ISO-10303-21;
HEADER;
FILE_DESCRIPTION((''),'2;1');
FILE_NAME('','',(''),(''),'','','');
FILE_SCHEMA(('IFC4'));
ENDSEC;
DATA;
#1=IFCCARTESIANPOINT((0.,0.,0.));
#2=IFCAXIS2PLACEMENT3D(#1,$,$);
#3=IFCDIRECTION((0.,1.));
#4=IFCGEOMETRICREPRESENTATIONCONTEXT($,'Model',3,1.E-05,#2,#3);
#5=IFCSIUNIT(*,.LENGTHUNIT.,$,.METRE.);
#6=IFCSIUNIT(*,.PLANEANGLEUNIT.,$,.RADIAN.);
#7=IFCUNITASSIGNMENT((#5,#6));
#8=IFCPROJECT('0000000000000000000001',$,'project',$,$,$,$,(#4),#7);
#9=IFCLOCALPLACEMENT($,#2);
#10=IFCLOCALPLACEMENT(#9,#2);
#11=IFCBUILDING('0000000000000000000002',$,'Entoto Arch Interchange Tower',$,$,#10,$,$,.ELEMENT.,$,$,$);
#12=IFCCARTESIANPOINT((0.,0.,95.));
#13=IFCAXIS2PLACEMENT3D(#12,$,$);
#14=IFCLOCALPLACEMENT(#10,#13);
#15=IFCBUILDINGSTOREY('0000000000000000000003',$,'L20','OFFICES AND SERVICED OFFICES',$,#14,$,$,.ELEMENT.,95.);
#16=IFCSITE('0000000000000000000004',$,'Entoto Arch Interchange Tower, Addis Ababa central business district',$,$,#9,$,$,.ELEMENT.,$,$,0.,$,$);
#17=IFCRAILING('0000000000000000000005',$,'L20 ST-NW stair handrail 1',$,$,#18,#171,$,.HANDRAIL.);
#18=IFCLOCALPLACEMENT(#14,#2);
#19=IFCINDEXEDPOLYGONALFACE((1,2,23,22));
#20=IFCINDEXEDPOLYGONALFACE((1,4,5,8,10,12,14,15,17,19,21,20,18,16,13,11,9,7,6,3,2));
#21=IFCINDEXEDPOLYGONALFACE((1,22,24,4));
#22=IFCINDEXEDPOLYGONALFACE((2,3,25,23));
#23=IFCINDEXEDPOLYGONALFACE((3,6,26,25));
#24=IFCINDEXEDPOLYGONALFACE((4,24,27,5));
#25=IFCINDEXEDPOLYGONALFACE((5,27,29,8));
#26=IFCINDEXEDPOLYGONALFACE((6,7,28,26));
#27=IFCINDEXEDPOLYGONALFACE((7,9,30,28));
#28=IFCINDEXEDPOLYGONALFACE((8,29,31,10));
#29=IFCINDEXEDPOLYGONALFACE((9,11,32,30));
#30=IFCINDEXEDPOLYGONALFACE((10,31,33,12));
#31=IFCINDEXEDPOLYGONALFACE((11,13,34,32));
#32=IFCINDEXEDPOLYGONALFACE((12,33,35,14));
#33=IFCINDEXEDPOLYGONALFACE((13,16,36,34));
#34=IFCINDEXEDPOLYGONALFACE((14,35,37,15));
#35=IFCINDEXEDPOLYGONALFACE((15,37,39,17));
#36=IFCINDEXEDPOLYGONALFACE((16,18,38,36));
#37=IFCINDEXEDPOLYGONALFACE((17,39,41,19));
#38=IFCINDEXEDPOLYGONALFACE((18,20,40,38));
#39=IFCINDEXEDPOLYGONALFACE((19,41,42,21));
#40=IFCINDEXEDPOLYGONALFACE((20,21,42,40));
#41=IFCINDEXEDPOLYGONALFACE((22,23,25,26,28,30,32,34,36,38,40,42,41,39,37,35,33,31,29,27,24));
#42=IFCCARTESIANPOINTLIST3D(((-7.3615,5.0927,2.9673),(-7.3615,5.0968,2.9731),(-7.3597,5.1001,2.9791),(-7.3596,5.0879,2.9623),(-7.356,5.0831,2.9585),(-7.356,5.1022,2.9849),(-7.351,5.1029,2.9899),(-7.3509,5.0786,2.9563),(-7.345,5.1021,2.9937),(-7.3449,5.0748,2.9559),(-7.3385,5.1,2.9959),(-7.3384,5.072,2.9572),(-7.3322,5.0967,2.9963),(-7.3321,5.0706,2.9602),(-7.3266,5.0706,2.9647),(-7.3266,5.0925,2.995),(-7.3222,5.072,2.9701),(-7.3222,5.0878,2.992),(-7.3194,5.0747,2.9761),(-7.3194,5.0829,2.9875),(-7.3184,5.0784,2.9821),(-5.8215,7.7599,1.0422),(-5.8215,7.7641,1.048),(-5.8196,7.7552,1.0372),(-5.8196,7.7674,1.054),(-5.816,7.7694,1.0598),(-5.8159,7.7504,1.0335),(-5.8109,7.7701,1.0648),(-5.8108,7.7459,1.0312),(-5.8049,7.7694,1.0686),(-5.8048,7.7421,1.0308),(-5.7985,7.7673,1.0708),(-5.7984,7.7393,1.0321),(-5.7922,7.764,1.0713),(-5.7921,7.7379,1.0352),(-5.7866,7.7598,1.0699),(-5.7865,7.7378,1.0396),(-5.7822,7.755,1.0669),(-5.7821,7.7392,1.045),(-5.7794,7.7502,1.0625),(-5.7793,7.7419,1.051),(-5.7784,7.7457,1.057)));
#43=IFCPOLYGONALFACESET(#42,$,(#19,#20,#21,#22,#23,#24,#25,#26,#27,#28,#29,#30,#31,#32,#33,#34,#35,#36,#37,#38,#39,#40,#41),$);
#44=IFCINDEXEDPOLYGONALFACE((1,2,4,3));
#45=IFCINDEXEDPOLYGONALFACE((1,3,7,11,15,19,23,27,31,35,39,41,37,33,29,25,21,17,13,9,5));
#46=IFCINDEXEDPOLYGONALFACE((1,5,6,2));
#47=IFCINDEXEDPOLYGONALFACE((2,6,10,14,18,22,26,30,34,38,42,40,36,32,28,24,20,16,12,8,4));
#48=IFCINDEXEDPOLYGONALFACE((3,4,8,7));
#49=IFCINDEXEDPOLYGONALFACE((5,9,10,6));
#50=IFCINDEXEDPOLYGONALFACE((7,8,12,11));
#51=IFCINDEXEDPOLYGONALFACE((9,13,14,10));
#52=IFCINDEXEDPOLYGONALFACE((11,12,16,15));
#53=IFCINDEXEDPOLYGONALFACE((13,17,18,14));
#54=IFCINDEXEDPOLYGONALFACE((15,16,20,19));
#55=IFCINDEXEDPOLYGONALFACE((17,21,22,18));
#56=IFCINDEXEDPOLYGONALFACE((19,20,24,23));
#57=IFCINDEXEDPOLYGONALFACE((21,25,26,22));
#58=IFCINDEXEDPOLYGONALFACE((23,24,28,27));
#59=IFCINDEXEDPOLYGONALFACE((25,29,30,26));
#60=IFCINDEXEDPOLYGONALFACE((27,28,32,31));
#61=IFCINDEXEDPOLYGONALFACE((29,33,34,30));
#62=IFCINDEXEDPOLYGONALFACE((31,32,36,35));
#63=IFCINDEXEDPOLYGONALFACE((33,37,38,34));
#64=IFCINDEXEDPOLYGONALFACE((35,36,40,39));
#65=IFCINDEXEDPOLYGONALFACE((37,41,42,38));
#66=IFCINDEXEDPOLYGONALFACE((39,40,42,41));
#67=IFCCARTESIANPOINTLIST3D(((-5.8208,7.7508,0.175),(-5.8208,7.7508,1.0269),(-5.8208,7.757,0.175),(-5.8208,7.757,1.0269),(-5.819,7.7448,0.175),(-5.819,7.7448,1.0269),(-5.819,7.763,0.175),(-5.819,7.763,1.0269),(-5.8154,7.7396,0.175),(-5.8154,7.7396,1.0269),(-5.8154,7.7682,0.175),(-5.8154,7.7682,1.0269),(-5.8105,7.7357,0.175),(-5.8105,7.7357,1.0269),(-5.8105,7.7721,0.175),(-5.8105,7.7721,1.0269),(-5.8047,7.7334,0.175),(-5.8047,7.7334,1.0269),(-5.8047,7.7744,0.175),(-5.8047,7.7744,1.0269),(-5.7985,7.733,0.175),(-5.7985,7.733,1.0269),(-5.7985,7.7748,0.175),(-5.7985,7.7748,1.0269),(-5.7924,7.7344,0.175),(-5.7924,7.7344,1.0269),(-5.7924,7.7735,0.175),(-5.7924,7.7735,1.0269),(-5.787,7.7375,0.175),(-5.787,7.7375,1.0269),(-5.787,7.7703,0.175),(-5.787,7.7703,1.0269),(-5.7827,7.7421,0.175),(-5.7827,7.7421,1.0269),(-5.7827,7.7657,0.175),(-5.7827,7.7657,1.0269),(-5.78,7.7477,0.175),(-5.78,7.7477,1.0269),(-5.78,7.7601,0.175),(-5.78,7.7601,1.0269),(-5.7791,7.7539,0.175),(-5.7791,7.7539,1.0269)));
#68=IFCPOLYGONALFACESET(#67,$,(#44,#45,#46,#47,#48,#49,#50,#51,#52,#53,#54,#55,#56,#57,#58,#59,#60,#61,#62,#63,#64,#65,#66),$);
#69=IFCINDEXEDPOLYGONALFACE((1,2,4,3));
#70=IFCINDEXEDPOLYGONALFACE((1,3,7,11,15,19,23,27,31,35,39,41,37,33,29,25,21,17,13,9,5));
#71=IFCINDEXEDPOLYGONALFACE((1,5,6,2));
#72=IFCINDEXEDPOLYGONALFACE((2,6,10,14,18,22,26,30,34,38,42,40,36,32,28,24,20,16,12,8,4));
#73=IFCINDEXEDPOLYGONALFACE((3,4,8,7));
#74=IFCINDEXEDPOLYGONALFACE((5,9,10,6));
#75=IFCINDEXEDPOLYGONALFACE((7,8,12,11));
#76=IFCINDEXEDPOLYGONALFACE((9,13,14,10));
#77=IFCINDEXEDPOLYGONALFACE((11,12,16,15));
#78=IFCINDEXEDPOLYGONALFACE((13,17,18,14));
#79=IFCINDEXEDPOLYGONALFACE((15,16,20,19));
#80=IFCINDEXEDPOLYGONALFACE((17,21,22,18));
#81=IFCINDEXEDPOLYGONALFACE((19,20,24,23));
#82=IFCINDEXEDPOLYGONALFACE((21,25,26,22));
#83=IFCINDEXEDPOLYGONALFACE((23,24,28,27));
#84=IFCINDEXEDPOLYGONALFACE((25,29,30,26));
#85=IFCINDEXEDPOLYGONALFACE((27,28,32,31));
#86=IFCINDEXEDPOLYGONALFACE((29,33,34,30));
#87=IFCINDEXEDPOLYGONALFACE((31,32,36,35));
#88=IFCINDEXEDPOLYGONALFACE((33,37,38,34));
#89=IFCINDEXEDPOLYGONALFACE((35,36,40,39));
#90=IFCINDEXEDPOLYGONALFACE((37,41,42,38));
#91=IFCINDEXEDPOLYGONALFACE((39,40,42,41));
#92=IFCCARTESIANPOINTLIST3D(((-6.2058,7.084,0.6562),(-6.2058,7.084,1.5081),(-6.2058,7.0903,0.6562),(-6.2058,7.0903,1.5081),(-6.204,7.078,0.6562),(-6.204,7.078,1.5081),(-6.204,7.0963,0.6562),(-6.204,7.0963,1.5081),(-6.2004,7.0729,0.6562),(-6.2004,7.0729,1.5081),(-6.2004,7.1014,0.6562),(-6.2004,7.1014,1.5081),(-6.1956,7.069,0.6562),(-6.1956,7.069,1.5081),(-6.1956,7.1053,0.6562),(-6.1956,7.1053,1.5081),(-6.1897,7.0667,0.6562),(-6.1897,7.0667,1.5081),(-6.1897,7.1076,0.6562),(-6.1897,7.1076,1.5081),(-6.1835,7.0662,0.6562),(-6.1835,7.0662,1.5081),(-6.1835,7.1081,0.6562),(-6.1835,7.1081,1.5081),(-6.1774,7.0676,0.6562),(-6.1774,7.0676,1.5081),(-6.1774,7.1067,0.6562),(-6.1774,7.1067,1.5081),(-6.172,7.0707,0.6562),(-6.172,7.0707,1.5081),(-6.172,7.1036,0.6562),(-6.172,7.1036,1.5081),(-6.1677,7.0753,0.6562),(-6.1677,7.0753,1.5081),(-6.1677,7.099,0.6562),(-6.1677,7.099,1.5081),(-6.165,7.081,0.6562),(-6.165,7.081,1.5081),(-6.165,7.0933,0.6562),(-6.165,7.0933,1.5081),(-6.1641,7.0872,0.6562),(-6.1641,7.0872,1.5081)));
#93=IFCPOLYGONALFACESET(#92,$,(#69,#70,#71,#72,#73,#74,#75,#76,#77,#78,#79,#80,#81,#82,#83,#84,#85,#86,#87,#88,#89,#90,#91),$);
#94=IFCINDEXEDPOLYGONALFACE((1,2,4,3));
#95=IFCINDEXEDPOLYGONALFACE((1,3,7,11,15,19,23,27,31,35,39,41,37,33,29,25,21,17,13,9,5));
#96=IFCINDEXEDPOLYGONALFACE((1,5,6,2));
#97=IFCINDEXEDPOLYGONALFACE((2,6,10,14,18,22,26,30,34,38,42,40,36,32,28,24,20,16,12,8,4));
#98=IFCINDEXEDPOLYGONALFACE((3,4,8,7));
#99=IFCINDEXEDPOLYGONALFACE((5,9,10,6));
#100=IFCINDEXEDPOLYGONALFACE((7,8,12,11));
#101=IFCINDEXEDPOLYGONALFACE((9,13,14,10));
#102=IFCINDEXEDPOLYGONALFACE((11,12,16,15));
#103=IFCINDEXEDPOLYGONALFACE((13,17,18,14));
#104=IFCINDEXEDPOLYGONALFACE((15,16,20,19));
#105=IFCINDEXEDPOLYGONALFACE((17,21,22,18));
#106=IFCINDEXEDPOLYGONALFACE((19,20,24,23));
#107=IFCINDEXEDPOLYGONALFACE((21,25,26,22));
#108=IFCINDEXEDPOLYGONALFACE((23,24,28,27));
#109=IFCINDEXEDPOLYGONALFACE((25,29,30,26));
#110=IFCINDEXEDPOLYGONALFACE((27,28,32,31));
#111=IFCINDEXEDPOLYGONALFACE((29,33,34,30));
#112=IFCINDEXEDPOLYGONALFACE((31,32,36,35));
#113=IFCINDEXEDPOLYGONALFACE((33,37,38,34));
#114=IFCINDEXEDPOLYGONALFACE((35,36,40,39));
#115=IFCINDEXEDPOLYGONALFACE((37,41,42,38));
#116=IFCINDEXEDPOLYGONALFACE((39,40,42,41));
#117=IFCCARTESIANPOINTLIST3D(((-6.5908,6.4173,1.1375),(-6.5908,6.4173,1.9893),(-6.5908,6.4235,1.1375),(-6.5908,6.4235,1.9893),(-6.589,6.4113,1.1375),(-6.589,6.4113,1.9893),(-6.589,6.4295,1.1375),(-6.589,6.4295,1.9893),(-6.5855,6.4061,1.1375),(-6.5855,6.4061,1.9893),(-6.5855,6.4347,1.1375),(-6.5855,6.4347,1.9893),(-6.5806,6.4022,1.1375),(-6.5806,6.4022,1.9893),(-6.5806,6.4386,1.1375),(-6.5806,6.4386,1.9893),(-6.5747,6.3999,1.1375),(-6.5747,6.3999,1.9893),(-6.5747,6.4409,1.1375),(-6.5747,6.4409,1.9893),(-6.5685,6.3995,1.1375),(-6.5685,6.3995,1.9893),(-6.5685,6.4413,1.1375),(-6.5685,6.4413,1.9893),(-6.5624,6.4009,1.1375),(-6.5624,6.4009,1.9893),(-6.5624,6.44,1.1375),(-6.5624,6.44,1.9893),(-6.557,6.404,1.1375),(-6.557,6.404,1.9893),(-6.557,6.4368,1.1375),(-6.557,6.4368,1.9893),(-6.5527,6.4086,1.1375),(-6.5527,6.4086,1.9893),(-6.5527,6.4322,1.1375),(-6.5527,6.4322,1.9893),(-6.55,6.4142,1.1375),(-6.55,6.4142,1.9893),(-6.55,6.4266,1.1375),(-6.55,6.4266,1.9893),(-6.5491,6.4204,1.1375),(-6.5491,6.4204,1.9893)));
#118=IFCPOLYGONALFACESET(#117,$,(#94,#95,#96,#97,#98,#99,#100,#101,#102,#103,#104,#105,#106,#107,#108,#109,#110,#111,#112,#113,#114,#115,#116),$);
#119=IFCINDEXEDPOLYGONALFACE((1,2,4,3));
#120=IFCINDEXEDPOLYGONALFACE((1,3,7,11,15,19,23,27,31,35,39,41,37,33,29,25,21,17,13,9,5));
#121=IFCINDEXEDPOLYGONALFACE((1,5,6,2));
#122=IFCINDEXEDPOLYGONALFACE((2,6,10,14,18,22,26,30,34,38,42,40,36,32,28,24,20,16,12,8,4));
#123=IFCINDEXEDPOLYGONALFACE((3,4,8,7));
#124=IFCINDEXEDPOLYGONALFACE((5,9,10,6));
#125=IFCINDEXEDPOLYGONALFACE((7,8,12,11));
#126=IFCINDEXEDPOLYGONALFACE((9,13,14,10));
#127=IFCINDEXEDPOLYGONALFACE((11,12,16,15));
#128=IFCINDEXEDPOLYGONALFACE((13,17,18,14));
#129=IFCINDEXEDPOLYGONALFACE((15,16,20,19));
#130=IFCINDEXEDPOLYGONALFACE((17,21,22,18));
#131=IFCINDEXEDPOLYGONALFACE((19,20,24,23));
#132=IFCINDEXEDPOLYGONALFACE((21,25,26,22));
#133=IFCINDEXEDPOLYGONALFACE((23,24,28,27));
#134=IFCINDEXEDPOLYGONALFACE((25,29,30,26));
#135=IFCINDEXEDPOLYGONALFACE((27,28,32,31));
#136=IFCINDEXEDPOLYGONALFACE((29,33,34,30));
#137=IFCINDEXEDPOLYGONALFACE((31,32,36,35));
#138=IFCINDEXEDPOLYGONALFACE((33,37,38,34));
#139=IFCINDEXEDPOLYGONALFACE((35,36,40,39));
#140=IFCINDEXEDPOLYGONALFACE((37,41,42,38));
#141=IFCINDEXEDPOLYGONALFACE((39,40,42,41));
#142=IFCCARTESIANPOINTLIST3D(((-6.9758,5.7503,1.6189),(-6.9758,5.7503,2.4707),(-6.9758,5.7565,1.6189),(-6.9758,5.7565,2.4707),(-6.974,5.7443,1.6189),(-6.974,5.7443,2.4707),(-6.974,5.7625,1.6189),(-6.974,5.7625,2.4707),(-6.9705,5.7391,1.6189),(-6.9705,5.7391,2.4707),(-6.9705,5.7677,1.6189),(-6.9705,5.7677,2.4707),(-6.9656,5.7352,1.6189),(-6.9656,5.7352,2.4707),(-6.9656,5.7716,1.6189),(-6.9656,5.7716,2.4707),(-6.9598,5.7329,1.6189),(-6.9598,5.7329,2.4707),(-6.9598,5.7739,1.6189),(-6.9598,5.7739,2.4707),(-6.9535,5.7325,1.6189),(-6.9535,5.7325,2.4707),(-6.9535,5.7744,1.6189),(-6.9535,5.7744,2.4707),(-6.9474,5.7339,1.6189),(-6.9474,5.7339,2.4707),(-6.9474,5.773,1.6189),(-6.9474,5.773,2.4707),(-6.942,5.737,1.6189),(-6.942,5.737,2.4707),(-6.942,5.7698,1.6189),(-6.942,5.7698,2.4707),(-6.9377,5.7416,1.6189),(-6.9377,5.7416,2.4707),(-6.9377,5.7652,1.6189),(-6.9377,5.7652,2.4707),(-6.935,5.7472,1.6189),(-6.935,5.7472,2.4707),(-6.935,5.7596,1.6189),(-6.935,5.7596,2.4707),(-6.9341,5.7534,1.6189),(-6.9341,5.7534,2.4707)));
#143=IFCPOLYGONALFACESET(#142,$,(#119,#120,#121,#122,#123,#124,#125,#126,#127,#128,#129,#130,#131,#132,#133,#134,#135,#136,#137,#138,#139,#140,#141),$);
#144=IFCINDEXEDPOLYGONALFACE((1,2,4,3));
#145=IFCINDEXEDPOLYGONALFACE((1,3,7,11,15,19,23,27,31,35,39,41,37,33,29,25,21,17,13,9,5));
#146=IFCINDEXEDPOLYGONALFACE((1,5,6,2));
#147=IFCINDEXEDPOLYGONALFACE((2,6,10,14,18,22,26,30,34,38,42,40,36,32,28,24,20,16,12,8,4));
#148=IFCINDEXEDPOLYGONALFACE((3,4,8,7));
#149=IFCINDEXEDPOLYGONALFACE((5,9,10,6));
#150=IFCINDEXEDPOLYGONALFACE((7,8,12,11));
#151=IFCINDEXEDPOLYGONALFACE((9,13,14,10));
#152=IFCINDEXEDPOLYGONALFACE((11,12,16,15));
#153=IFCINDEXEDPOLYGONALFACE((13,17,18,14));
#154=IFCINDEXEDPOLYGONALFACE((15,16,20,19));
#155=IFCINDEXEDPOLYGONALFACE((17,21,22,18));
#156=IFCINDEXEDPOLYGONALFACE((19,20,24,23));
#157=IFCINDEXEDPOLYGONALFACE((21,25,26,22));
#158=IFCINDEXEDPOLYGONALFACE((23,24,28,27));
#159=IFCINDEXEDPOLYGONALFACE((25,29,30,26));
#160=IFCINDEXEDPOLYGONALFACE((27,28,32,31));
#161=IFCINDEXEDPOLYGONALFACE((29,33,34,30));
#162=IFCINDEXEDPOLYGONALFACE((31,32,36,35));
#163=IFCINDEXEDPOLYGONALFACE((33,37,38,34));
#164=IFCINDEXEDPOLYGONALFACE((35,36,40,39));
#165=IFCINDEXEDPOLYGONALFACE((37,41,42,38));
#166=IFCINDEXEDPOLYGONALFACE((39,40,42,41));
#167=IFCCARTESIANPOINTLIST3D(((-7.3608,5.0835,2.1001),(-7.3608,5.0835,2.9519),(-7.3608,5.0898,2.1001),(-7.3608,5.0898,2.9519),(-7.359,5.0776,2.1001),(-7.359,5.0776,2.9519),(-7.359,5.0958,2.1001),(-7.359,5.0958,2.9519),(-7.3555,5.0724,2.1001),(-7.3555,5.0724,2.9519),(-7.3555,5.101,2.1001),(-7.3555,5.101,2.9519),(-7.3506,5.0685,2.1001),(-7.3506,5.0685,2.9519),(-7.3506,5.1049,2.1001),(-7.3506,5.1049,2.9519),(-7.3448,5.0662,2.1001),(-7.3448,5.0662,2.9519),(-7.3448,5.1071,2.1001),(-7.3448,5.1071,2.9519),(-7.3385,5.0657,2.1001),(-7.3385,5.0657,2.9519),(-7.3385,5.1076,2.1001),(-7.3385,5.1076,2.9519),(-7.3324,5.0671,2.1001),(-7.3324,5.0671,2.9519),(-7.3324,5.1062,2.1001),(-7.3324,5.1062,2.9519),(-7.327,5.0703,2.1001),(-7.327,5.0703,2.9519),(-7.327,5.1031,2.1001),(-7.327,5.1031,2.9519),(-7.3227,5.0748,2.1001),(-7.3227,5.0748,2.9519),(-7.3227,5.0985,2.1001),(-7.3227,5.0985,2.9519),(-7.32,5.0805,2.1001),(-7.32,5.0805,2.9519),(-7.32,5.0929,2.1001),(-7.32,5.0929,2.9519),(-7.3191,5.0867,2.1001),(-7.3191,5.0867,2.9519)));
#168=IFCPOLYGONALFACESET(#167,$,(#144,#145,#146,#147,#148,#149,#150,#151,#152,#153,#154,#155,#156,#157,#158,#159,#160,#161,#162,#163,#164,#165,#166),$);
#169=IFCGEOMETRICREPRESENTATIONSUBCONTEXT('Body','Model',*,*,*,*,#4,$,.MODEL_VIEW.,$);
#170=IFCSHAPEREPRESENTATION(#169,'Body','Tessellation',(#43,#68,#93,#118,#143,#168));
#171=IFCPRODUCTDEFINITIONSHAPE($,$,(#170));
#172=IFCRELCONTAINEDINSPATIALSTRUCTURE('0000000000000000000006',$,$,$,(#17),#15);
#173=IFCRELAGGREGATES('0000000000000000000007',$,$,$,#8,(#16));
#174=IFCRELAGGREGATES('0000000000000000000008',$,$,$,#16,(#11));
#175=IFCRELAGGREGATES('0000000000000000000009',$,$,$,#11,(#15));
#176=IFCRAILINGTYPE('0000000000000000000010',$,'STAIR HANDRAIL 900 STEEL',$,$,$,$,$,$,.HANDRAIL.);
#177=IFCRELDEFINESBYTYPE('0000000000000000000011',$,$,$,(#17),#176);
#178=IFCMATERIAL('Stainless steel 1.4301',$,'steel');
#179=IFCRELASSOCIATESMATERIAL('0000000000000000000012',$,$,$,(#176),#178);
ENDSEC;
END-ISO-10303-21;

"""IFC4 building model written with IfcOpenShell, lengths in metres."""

from ifc_helpers import new_model, si_unit, direction, frame, origin, origin_2d, place, context, subcontext, project, spatial, circle, extrude, material, type_object, element, save


model = new_model("IFC4")

# Units and contexts
model_context = context("Model", 3, precision=1e-05, world=origin(), true_north=direction((0.0, 1.0)))
body_context = subcontext(model_context, "Body", "Model", "MODEL_VIEW")
ifc_project = project(units=[si_unit("LENGTHUNIT", "METRE"), si_unit("PLANEANGLEUNIT", "RADIAN")], contexts=[model_context])

# Site, building, storey
site_placement = place(None, origin())
site = spatial("IfcSite", under=ifc_project, at=site_placement, Name="Entoto Arch Interchange Tower, Addis Ababa central business district", CompositionType="ELEMENT", RefElevation=0.0)
building_placement = place(site_placement, origin())
building = spatial("IfcBuilding", under=site, at=building_placement, Name="Entoto Arch Interchange Tower", CompositionType="ELEMENT")
storey_placement = place(building_placement, frame((0.0, 0.0, 95.0)))
storey = spatial("IfcBuildingStorey", under=building, at=storey_placement, Name="L20", Description="OFFICES AND SERVICED OFFICES", CompositionType="ELEMENT", Elevation=95.0)

# Railing
ifc_material_1 = material(Name="Stainless steel 1.4301", Category="steel")
railing_type = type_object("IfcRailingType", Name="STAIR HANDRAIL 900 STEEL", PredefinedType="HANDRAIL", material=ifc_material_1)
railing_placement = place(storey_placement, frame((-5.8, 7.7539, 0.175)))
element("IfcRailing", 1, at=railing_placement, inside=storey, type_object=railing_type, Name="L20 ST-NW stair handrail 1", PredefinedType="HANDRAIL", context=body_context, shape_type="SweptSolid", body=[
    extrude(circle(Radius=0.0239, at=origin_2d()), frame((0.0, 0.0, 0.876), z_axis=(-0.424015, -0.734364, 0.530019), x_axis=(0.86601, -0.500027, 0.0)), (0.0, 0.0, 1.0), 3.6321),
    extrude(circle(Radius=0.021, at=origin_2d()), origin(), (0.0, 0.0, 1.0), 0.8518),
    extrude(circle(Radius=0.021, at=origin_2d()), frame((-0.385, -0.6667, 0.4812)), (0.0, 0.0, 1.0), 0.8518),
    extrude(circle(Radius=0.021, at=origin_2d()), frame((-0.77, -1.3335, 0.9624)), (0.0, 0.0, 1.0), 0.8518),
    extrude(circle(Radius=0.021, at=origin_2d()), frame((-1.155, -2.0005, 1.4438)), (0.0, 0.0, 1.0), 0.8518),
    extrude(circle(Radius=0.021, at=origin_2d()), frame((-1.54, -2.6672, 1.925)), (0.0, 0.0, 1.0), 0.8518),
])

save(model, "model.ifc")
